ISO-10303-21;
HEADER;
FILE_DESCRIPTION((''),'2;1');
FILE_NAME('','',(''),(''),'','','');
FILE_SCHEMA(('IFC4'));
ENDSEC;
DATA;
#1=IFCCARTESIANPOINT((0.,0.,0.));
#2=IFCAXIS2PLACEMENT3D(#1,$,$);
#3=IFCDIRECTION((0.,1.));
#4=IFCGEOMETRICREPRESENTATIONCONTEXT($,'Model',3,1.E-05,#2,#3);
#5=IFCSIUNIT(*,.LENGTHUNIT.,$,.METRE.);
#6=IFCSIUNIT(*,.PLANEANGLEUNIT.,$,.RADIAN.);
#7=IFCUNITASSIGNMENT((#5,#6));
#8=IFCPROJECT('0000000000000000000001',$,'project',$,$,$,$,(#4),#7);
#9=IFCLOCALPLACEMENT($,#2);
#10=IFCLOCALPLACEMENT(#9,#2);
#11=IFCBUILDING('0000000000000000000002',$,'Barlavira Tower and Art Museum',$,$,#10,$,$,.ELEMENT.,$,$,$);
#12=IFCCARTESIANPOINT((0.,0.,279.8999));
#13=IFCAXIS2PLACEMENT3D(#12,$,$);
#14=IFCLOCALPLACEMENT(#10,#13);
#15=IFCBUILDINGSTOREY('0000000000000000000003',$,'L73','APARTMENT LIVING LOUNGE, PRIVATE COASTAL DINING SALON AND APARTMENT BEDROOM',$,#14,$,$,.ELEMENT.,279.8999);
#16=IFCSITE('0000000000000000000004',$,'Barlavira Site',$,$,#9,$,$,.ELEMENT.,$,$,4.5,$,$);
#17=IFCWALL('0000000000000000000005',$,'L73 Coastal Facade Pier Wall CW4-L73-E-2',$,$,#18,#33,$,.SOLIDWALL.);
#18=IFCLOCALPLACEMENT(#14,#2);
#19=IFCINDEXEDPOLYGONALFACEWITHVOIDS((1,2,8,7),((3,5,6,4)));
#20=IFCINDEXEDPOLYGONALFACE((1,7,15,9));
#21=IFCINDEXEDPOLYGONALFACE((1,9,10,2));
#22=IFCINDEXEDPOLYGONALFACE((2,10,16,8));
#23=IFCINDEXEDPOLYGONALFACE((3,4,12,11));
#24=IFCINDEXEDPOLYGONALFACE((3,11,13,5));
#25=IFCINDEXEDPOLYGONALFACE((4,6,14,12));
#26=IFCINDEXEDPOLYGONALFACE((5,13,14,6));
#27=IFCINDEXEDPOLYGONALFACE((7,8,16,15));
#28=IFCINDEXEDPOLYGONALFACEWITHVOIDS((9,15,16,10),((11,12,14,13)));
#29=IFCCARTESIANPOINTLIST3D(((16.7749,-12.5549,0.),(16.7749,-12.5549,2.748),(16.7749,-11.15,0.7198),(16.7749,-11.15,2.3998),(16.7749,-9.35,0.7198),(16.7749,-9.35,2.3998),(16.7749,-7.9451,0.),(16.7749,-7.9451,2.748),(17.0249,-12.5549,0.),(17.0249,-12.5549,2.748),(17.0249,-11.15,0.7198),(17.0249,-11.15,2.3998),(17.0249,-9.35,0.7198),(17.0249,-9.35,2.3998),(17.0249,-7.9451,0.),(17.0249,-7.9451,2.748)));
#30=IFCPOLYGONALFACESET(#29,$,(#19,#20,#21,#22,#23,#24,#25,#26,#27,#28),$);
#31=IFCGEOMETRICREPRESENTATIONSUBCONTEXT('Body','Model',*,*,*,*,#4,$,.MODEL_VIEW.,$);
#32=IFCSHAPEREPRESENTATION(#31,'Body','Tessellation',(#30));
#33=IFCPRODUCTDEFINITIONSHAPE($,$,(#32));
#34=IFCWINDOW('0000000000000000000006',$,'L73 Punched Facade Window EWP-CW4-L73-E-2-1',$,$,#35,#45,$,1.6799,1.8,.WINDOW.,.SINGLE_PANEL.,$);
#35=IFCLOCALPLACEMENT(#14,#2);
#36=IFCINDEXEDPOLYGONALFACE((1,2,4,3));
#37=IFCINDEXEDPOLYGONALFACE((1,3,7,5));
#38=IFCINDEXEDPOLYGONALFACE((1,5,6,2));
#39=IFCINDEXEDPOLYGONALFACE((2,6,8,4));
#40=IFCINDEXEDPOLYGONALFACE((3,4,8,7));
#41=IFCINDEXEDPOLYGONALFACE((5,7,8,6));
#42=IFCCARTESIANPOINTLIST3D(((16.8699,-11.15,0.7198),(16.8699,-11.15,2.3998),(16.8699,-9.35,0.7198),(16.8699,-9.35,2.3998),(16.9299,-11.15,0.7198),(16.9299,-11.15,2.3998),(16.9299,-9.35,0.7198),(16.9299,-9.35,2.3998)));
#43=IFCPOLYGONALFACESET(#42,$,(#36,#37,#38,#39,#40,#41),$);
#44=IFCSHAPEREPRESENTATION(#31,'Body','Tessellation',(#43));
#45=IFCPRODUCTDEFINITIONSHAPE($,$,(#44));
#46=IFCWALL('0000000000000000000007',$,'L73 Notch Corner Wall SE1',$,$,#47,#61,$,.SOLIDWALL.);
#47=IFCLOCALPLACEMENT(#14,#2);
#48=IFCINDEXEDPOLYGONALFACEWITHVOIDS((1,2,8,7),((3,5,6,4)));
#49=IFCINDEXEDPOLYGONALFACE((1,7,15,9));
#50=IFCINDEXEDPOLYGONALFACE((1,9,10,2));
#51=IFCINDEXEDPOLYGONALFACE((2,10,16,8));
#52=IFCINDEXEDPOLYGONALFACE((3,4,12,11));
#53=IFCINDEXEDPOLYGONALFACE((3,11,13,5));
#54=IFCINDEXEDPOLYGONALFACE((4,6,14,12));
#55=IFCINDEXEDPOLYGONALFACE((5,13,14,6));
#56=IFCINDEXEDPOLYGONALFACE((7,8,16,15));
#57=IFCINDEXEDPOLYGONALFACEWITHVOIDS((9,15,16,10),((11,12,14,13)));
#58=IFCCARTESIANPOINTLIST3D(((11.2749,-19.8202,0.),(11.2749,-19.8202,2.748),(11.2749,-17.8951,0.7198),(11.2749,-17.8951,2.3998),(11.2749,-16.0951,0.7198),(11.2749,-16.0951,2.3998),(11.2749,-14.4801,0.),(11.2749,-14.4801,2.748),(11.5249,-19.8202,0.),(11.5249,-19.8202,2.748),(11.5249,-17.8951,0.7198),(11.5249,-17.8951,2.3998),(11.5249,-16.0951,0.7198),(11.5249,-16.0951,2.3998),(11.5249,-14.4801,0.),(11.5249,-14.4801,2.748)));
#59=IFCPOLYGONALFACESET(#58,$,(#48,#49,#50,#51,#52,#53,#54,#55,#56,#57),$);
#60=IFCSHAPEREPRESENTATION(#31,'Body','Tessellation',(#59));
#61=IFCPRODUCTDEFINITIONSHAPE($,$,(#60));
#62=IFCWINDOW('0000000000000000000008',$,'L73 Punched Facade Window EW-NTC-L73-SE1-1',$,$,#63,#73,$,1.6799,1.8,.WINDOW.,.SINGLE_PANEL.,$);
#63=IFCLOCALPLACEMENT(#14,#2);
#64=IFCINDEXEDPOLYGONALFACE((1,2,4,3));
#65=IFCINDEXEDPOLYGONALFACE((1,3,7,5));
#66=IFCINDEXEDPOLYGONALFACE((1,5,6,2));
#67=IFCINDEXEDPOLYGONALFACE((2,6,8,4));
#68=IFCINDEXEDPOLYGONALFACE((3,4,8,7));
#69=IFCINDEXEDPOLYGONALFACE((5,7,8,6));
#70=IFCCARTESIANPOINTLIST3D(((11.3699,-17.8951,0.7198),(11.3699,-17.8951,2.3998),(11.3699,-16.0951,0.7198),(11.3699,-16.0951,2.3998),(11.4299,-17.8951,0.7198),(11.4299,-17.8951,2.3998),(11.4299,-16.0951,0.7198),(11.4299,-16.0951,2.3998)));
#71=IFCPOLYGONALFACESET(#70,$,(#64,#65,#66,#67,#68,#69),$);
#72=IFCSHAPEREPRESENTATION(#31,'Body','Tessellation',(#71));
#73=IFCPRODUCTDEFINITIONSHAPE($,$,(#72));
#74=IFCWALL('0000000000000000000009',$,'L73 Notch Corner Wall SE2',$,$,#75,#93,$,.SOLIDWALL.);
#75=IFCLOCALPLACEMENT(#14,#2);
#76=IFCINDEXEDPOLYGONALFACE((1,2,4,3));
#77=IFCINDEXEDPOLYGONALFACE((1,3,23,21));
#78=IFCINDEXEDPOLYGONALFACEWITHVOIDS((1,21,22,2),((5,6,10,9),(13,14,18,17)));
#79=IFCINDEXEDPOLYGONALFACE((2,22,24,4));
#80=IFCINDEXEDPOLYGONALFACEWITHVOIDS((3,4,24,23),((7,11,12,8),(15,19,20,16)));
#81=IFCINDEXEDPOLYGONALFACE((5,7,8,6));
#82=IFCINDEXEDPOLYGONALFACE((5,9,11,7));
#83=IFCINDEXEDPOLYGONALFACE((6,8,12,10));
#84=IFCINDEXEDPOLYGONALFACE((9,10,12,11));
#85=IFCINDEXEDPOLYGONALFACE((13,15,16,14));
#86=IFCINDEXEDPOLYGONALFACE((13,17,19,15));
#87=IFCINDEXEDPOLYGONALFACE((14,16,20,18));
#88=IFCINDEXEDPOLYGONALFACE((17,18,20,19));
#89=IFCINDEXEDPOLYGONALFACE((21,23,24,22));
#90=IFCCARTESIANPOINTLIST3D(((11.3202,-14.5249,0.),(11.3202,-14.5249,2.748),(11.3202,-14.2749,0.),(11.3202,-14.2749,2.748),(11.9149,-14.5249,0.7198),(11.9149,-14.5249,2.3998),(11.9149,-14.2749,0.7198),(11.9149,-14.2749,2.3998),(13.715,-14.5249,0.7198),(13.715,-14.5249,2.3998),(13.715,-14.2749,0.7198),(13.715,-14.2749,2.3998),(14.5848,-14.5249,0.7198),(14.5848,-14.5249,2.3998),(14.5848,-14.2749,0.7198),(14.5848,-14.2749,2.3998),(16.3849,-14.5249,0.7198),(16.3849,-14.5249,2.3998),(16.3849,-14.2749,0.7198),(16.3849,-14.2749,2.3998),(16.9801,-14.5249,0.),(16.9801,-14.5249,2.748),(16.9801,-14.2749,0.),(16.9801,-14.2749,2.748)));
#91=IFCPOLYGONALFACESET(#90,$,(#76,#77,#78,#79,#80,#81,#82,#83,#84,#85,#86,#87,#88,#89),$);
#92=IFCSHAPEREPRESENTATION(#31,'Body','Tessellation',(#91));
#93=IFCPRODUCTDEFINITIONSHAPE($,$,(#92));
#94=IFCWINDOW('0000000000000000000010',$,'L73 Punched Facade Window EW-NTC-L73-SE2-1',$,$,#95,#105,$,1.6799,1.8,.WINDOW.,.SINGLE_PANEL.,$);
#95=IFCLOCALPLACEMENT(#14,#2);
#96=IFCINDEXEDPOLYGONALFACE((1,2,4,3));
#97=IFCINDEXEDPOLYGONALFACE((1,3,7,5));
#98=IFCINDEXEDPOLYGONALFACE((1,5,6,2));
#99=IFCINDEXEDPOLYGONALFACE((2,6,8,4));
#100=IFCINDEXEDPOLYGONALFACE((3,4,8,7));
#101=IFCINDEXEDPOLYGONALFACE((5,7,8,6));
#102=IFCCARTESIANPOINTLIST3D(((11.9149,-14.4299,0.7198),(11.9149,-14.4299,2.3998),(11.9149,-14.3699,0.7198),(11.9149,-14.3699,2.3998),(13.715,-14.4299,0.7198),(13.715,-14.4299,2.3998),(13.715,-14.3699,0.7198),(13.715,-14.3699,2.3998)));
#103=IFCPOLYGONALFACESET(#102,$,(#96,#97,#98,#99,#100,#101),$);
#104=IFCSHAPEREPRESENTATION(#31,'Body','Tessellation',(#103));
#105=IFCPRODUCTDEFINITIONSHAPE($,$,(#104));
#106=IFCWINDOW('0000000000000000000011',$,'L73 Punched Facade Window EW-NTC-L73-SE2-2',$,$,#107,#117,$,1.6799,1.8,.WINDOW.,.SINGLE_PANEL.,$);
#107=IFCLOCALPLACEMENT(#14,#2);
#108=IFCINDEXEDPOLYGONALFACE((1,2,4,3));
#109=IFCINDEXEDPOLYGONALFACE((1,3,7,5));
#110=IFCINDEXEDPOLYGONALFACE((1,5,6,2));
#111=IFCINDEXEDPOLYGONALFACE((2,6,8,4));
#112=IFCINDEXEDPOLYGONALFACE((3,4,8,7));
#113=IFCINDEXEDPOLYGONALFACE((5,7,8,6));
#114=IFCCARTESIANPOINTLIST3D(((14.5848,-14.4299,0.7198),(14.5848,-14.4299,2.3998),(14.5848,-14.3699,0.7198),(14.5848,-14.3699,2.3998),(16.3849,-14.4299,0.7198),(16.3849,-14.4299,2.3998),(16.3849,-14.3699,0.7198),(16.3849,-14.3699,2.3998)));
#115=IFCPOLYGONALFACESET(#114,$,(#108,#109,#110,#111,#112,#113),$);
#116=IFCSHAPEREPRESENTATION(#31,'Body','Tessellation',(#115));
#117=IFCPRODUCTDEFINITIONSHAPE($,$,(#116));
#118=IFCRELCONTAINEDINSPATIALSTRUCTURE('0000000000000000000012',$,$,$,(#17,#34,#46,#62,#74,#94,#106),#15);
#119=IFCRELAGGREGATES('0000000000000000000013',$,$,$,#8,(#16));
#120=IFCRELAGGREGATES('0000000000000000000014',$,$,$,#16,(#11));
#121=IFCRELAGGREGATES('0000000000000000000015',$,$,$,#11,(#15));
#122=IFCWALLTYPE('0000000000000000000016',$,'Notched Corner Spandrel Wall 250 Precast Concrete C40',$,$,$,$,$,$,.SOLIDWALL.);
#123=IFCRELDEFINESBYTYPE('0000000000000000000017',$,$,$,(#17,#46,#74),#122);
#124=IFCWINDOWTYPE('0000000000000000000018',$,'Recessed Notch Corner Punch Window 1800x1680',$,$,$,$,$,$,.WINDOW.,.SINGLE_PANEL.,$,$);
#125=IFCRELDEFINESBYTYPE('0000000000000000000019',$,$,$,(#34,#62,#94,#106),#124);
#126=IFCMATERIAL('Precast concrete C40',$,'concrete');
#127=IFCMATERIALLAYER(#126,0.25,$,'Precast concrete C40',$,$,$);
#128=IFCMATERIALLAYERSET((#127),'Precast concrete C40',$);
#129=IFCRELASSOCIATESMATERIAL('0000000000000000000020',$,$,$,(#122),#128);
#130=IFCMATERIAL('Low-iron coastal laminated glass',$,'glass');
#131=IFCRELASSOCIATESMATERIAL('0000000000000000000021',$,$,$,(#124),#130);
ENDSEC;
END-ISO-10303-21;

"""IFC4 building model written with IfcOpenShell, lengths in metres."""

from ifc_helpers import new_model, si_unit, direction, frame, frame_2d, origin, place, context, subcontext, project, spatial, rectangle, extrude, material, layer, layer_set, type_object, element, fill, save


model = new_model("IFC4")

# Units and contexts
model_context = context("Model", 3, precision=1e-05, world=origin(), true_north=direction((0.0, 1.0)))
body_context = subcontext(model_context, "Body", "Model", "MODEL_VIEW")
ifc_project = project(units=[si_unit("LENGTHUNIT", "METRE"), si_unit("PLANEANGLEUNIT", "RADIAN")], contexts=[model_context])

# Site, building, storey
site_placement = place(None, origin())
site = spatial("IfcSite", under=ifc_project, at=site_placement, Name="Barlavira Site", CompositionType="ELEMENT", RefElevation=4.5)
building_placement = place(site_placement, origin())
building = spatial("IfcBuilding", under=site, at=building_placement, Name="Barlavira Tower and Art Museum", CompositionType="ELEMENT")
storey_placement = place(building_placement, frame((0.0, 0.0, 279.8999)))
storey = spatial("IfcBuildingStorey", under=building, at=storey_placement, Name="L73", Description="APARTMENT LIVING LOUNGE, PRIVATE COASTAL DINING SALON AND APARTMENT BEDROOM", CompositionType="ELEMENT", Elevation=279.8999)

# Shared definitions
ifc_material_1 = material(Name="Precast concrete C40", Category="concrete")
ifc_layer_1 = layer(ifc_material_1, 0.25, Name="Precast concrete C40")
ifc_layer_set_1 = layer_set([ifc_layer_1], Name="Precast concrete C40")
wall_type_1 = type_object("IfcWallType", Name="Notched Corner Spandrel Wall 250 Precast Concrete C40", PredefinedType="SOLIDWALL", material=ifc_layer_set_1)
ifc_material_2 = material(Name="Low-iron coastal laminated glass", Category="glass")

# Walls, openings, windows
wall_1_placement = place(storey_placement, frame((16.8999, -12.5549, 0.0), z_axis=(0.0, 0.0, 1.0), x_axis=(0.0, 1.0, 0.0)))
wall_1 = element("IfcWall", 1, at=wall_1_placement, inside=storey, type_object=wall_type_1, Name="L73 Coastal Facade Pier Wall CW4-L73-E-2", PredefinedType="SOLIDWALL", context=body_context, shape_type="SweptSolid", body=[
    extrude(rectangle(XDim=4.6099, YDim=0.25, at=frame_2d((2.3049, 0.0))), origin(), (0.0, 0.0, 1.0), 2.748),
])
opening_1_placement = place(wall_1_placement, frame((1.405, 0.0, 0.72)))
opening_1 = element("IfcOpeningElement", 2, at=opening_1_placement, cuts=wall_1, PredefinedType="OPENING", context=body_context, shape_type="SweptSolid", body=[
    extrude(rectangle(XDim=1.8, YDim=1.6799, at=frame_2d((0.8999, 0.8398))), frame((0.0, 0.135, 0.0), z_axis=(0.0, -1.0, 0.0), x_axis=(1.0, 0.0, 0.0)), (0.0, 0.0, 1.0), 0.27),
])
window_type_1 = type_object("IfcWindowType", Name="Recessed Notch Corner Punch Window 1800x1680", PartitioningType="SINGLE_PANEL", PredefinedType="WINDOW", material=ifc_material_2)
window_1_placement = place(opening_1_placement, origin())
window_1 = element("IfcWindow", 3, at=window_1_placement, inside=storey, type_object=window_type_1, Name="L73 Punched Facade Window EWP-CW4-L73-E-2-1", OverallHeight=1.6799, OverallWidth=1.8, PartitioningType="SINGLE_PANEL", PredefinedType="WINDOW", context=body_context, shape_type="SweptSolid", body=[
    extrude(rectangle(XDim=1.8, YDim=1.6799, at=frame_2d((0.8999, 0.8398))), frame((0.0, 0.03, 0.0), z_axis=(0.0, -1.0, 0.0), x_axis=(1.0, 0.0, 0.0)), (0.0, 0.0, 1.0), 0.0601),
])
fill(opening_1, window_1)
wall_2_placement = place(storey_placement, frame((11.3999, -19.8201, 0.0), z_axis=(0.0, 0.0, 1.0), x_axis=(0.0, 1.0, 0.0)))
wall_2 = element("IfcWall", 4, at=wall_2_placement, inside=storey, type_object=wall_type_1, Name="L73 Notch Corner Wall SE1", PredefinedType="SOLIDWALL", context=body_context, shape_type="SweptSolid", body=[
    extrude(rectangle(XDim=5.3401, YDim=0.25, at=frame_2d((2.6699, 0.0))), origin(), (0.0, 0.0, 1.0), 2.748),
])
opening_2_placement = place(wall_2_placement, frame((1.925, 0.0, 0.72)))
opening_2 = element("IfcOpeningElement", 5, at=opening_2_placement, cuts=wall_2, PredefinedType="OPENING", context=body_context, shape_type="SweptSolid", body=[
    extrude(rectangle(XDim=1.8, YDim=1.6799, at=frame_2d((0.8999, 0.8398))), frame((0.0, 0.135, 0.0), z_axis=(0.0, -1.0, 0.0), x_axis=(1.0, 0.0, 0.0)), (0.0, 0.0, 1.0), 0.27),
])
window_2_placement = place(opening_2_placement, origin())
window_2 = element("IfcWindow", 6, at=window_2_placement, inside=storey, type_object=window_type_1, Name="L73 Punched Facade Window EW-NTC-L73-SE1-1", OverallHeight=1.6799, OverallWidth=1.8, PartitioningType="SINGLE_PANEL", PredefinedType="WINDOW", context=body_context, shape_type="SweptSolid", body=[
    extrude(rectangle(XDim=1.8, YDim=1.6799, at=frame_2d((0.8999, 0.8398))), frame((0.0, 0.03, 0.0), z_axis=(0.0, -1.0, 0.0), x_axis=(1.0, 0.0, 0.0)), (0.0, 0.0, 1.0), 0.0601),
])
fill(opening_2, window_2)

# Wall, openings, windows
wall_3_placement = place(storey_placement, frame((11.3201, -14.3999, 0.0), z_axis=(0.0, 0.0, 1.0), x_axis=(1.0, 0.0, 0.0)))
wall_3 = element("IfcWall", 7, at=wall_3_placement, inside=storey, type_object=wall_type_1, Name="L73 Notch Corner Wall SE2", PredefinedType="SOLIDWALL", context=body_context, shape_type="SweptSolid", body=[
    extrude(rectangle(XDim=5.6599, YDim=0.25, at=frame_2d((2.8301, 0.0))), origin(), (0.0, 0.0, 1.0), 2.748),
])
opening_3_placement = place(wall_3_placement, frame((0.595, 0.0, 0.72)))
opening_3 = element("IfcOpeningElement", 8, at=opening_3_placement, cuts=wall_3, PredefinedType="OPENING", context=body_context, shape_type="SweptSolid", body=[
    extrude(rectangle(XDim=1.8, YDim=1.6799, at=frame_2d((0.8999, 0.8398))), frame((0.0, 0.135, 0.0), z_axis=(0.0, -1.0, 0.0), x_axis=(1.0, 0.0, 0.0)), (0.0, 0.0, 1.0), 0.27),
])
opening_4_placement = place(wall_3_placement, frame((3.2649, 0.0, 0.72)))
opening_4 = element("IfcOpeningElement", 9, at=opening_4_placement, cuts=wall_3, PredefinedType="OPENING", context=body_context, shape_type="SweptSolid", body=[
    extrude(rectangle(XDim=1.8, YDim=1.6799, at=frame_2d((0.8999, 0.8398))), frame((0.0, 0.135, 0.0), z_axis=(0.0, -1.0, 0.0), x_axis=(1.0, 0.0, 0.0)), (0.0, 0.0, 1.0), 0.27),
])
window_3_placement = place(opening_3_placement, origin())
window_3 = element("IfcWindow", 10, at=window_3_placement, inside=storey, type_object=window_type_1, Name="L73 Punched Facade Window EW-NTC-L73-SE2-1", OverallHeight=1.6799, OverallWidth=1.8, PartitioningType="SINGLE_PANEL", PredefinedType="WINDOW", context=body_context, shape_type="SweptSolid", body=[
    extrude(rectangle(XDim=1.8, YDim=1.6799, at=frame_2d((0.8999, 0.8398))), frame((0.0, 0.03, 0.0), z_axis=(0.0, -1.0, 0.0), x_axis=(1.0, 0.0, 0.0)), (0.0, 0.0, 1.0), 0.0601),
])
fill(opening_3, window_3)
window_4_placement = place(opening_4_placement, origin())
window_4 = element("IfcWindow", 11, at=window_4_placement, inside=storey, type_object=window_type_1, Name="L73 Punched Facade Window EW-NTC-L73-SE2-2", OverallHeight=1.6799, OverallWidth=1.8, PartitioningType="SINGLE_PANEL", PredefinedType="WINDOW", context=body_context, shape_type="SweptSolid", body=[
    extrude(rectangle(XDim=1.8, YDim=1.6799, at=frame_2d((0.8999, 0.8398))), frame((0.0, 0.03, 0.0), z_axis=(0.0, -1.0, 0.0), x_axis=(1.0, 0.0, 0.0)), (0.0, 0.0, 1.0), 0.0601),
])
fill(opening_4, window_4)

save(model, "model.ifc")
